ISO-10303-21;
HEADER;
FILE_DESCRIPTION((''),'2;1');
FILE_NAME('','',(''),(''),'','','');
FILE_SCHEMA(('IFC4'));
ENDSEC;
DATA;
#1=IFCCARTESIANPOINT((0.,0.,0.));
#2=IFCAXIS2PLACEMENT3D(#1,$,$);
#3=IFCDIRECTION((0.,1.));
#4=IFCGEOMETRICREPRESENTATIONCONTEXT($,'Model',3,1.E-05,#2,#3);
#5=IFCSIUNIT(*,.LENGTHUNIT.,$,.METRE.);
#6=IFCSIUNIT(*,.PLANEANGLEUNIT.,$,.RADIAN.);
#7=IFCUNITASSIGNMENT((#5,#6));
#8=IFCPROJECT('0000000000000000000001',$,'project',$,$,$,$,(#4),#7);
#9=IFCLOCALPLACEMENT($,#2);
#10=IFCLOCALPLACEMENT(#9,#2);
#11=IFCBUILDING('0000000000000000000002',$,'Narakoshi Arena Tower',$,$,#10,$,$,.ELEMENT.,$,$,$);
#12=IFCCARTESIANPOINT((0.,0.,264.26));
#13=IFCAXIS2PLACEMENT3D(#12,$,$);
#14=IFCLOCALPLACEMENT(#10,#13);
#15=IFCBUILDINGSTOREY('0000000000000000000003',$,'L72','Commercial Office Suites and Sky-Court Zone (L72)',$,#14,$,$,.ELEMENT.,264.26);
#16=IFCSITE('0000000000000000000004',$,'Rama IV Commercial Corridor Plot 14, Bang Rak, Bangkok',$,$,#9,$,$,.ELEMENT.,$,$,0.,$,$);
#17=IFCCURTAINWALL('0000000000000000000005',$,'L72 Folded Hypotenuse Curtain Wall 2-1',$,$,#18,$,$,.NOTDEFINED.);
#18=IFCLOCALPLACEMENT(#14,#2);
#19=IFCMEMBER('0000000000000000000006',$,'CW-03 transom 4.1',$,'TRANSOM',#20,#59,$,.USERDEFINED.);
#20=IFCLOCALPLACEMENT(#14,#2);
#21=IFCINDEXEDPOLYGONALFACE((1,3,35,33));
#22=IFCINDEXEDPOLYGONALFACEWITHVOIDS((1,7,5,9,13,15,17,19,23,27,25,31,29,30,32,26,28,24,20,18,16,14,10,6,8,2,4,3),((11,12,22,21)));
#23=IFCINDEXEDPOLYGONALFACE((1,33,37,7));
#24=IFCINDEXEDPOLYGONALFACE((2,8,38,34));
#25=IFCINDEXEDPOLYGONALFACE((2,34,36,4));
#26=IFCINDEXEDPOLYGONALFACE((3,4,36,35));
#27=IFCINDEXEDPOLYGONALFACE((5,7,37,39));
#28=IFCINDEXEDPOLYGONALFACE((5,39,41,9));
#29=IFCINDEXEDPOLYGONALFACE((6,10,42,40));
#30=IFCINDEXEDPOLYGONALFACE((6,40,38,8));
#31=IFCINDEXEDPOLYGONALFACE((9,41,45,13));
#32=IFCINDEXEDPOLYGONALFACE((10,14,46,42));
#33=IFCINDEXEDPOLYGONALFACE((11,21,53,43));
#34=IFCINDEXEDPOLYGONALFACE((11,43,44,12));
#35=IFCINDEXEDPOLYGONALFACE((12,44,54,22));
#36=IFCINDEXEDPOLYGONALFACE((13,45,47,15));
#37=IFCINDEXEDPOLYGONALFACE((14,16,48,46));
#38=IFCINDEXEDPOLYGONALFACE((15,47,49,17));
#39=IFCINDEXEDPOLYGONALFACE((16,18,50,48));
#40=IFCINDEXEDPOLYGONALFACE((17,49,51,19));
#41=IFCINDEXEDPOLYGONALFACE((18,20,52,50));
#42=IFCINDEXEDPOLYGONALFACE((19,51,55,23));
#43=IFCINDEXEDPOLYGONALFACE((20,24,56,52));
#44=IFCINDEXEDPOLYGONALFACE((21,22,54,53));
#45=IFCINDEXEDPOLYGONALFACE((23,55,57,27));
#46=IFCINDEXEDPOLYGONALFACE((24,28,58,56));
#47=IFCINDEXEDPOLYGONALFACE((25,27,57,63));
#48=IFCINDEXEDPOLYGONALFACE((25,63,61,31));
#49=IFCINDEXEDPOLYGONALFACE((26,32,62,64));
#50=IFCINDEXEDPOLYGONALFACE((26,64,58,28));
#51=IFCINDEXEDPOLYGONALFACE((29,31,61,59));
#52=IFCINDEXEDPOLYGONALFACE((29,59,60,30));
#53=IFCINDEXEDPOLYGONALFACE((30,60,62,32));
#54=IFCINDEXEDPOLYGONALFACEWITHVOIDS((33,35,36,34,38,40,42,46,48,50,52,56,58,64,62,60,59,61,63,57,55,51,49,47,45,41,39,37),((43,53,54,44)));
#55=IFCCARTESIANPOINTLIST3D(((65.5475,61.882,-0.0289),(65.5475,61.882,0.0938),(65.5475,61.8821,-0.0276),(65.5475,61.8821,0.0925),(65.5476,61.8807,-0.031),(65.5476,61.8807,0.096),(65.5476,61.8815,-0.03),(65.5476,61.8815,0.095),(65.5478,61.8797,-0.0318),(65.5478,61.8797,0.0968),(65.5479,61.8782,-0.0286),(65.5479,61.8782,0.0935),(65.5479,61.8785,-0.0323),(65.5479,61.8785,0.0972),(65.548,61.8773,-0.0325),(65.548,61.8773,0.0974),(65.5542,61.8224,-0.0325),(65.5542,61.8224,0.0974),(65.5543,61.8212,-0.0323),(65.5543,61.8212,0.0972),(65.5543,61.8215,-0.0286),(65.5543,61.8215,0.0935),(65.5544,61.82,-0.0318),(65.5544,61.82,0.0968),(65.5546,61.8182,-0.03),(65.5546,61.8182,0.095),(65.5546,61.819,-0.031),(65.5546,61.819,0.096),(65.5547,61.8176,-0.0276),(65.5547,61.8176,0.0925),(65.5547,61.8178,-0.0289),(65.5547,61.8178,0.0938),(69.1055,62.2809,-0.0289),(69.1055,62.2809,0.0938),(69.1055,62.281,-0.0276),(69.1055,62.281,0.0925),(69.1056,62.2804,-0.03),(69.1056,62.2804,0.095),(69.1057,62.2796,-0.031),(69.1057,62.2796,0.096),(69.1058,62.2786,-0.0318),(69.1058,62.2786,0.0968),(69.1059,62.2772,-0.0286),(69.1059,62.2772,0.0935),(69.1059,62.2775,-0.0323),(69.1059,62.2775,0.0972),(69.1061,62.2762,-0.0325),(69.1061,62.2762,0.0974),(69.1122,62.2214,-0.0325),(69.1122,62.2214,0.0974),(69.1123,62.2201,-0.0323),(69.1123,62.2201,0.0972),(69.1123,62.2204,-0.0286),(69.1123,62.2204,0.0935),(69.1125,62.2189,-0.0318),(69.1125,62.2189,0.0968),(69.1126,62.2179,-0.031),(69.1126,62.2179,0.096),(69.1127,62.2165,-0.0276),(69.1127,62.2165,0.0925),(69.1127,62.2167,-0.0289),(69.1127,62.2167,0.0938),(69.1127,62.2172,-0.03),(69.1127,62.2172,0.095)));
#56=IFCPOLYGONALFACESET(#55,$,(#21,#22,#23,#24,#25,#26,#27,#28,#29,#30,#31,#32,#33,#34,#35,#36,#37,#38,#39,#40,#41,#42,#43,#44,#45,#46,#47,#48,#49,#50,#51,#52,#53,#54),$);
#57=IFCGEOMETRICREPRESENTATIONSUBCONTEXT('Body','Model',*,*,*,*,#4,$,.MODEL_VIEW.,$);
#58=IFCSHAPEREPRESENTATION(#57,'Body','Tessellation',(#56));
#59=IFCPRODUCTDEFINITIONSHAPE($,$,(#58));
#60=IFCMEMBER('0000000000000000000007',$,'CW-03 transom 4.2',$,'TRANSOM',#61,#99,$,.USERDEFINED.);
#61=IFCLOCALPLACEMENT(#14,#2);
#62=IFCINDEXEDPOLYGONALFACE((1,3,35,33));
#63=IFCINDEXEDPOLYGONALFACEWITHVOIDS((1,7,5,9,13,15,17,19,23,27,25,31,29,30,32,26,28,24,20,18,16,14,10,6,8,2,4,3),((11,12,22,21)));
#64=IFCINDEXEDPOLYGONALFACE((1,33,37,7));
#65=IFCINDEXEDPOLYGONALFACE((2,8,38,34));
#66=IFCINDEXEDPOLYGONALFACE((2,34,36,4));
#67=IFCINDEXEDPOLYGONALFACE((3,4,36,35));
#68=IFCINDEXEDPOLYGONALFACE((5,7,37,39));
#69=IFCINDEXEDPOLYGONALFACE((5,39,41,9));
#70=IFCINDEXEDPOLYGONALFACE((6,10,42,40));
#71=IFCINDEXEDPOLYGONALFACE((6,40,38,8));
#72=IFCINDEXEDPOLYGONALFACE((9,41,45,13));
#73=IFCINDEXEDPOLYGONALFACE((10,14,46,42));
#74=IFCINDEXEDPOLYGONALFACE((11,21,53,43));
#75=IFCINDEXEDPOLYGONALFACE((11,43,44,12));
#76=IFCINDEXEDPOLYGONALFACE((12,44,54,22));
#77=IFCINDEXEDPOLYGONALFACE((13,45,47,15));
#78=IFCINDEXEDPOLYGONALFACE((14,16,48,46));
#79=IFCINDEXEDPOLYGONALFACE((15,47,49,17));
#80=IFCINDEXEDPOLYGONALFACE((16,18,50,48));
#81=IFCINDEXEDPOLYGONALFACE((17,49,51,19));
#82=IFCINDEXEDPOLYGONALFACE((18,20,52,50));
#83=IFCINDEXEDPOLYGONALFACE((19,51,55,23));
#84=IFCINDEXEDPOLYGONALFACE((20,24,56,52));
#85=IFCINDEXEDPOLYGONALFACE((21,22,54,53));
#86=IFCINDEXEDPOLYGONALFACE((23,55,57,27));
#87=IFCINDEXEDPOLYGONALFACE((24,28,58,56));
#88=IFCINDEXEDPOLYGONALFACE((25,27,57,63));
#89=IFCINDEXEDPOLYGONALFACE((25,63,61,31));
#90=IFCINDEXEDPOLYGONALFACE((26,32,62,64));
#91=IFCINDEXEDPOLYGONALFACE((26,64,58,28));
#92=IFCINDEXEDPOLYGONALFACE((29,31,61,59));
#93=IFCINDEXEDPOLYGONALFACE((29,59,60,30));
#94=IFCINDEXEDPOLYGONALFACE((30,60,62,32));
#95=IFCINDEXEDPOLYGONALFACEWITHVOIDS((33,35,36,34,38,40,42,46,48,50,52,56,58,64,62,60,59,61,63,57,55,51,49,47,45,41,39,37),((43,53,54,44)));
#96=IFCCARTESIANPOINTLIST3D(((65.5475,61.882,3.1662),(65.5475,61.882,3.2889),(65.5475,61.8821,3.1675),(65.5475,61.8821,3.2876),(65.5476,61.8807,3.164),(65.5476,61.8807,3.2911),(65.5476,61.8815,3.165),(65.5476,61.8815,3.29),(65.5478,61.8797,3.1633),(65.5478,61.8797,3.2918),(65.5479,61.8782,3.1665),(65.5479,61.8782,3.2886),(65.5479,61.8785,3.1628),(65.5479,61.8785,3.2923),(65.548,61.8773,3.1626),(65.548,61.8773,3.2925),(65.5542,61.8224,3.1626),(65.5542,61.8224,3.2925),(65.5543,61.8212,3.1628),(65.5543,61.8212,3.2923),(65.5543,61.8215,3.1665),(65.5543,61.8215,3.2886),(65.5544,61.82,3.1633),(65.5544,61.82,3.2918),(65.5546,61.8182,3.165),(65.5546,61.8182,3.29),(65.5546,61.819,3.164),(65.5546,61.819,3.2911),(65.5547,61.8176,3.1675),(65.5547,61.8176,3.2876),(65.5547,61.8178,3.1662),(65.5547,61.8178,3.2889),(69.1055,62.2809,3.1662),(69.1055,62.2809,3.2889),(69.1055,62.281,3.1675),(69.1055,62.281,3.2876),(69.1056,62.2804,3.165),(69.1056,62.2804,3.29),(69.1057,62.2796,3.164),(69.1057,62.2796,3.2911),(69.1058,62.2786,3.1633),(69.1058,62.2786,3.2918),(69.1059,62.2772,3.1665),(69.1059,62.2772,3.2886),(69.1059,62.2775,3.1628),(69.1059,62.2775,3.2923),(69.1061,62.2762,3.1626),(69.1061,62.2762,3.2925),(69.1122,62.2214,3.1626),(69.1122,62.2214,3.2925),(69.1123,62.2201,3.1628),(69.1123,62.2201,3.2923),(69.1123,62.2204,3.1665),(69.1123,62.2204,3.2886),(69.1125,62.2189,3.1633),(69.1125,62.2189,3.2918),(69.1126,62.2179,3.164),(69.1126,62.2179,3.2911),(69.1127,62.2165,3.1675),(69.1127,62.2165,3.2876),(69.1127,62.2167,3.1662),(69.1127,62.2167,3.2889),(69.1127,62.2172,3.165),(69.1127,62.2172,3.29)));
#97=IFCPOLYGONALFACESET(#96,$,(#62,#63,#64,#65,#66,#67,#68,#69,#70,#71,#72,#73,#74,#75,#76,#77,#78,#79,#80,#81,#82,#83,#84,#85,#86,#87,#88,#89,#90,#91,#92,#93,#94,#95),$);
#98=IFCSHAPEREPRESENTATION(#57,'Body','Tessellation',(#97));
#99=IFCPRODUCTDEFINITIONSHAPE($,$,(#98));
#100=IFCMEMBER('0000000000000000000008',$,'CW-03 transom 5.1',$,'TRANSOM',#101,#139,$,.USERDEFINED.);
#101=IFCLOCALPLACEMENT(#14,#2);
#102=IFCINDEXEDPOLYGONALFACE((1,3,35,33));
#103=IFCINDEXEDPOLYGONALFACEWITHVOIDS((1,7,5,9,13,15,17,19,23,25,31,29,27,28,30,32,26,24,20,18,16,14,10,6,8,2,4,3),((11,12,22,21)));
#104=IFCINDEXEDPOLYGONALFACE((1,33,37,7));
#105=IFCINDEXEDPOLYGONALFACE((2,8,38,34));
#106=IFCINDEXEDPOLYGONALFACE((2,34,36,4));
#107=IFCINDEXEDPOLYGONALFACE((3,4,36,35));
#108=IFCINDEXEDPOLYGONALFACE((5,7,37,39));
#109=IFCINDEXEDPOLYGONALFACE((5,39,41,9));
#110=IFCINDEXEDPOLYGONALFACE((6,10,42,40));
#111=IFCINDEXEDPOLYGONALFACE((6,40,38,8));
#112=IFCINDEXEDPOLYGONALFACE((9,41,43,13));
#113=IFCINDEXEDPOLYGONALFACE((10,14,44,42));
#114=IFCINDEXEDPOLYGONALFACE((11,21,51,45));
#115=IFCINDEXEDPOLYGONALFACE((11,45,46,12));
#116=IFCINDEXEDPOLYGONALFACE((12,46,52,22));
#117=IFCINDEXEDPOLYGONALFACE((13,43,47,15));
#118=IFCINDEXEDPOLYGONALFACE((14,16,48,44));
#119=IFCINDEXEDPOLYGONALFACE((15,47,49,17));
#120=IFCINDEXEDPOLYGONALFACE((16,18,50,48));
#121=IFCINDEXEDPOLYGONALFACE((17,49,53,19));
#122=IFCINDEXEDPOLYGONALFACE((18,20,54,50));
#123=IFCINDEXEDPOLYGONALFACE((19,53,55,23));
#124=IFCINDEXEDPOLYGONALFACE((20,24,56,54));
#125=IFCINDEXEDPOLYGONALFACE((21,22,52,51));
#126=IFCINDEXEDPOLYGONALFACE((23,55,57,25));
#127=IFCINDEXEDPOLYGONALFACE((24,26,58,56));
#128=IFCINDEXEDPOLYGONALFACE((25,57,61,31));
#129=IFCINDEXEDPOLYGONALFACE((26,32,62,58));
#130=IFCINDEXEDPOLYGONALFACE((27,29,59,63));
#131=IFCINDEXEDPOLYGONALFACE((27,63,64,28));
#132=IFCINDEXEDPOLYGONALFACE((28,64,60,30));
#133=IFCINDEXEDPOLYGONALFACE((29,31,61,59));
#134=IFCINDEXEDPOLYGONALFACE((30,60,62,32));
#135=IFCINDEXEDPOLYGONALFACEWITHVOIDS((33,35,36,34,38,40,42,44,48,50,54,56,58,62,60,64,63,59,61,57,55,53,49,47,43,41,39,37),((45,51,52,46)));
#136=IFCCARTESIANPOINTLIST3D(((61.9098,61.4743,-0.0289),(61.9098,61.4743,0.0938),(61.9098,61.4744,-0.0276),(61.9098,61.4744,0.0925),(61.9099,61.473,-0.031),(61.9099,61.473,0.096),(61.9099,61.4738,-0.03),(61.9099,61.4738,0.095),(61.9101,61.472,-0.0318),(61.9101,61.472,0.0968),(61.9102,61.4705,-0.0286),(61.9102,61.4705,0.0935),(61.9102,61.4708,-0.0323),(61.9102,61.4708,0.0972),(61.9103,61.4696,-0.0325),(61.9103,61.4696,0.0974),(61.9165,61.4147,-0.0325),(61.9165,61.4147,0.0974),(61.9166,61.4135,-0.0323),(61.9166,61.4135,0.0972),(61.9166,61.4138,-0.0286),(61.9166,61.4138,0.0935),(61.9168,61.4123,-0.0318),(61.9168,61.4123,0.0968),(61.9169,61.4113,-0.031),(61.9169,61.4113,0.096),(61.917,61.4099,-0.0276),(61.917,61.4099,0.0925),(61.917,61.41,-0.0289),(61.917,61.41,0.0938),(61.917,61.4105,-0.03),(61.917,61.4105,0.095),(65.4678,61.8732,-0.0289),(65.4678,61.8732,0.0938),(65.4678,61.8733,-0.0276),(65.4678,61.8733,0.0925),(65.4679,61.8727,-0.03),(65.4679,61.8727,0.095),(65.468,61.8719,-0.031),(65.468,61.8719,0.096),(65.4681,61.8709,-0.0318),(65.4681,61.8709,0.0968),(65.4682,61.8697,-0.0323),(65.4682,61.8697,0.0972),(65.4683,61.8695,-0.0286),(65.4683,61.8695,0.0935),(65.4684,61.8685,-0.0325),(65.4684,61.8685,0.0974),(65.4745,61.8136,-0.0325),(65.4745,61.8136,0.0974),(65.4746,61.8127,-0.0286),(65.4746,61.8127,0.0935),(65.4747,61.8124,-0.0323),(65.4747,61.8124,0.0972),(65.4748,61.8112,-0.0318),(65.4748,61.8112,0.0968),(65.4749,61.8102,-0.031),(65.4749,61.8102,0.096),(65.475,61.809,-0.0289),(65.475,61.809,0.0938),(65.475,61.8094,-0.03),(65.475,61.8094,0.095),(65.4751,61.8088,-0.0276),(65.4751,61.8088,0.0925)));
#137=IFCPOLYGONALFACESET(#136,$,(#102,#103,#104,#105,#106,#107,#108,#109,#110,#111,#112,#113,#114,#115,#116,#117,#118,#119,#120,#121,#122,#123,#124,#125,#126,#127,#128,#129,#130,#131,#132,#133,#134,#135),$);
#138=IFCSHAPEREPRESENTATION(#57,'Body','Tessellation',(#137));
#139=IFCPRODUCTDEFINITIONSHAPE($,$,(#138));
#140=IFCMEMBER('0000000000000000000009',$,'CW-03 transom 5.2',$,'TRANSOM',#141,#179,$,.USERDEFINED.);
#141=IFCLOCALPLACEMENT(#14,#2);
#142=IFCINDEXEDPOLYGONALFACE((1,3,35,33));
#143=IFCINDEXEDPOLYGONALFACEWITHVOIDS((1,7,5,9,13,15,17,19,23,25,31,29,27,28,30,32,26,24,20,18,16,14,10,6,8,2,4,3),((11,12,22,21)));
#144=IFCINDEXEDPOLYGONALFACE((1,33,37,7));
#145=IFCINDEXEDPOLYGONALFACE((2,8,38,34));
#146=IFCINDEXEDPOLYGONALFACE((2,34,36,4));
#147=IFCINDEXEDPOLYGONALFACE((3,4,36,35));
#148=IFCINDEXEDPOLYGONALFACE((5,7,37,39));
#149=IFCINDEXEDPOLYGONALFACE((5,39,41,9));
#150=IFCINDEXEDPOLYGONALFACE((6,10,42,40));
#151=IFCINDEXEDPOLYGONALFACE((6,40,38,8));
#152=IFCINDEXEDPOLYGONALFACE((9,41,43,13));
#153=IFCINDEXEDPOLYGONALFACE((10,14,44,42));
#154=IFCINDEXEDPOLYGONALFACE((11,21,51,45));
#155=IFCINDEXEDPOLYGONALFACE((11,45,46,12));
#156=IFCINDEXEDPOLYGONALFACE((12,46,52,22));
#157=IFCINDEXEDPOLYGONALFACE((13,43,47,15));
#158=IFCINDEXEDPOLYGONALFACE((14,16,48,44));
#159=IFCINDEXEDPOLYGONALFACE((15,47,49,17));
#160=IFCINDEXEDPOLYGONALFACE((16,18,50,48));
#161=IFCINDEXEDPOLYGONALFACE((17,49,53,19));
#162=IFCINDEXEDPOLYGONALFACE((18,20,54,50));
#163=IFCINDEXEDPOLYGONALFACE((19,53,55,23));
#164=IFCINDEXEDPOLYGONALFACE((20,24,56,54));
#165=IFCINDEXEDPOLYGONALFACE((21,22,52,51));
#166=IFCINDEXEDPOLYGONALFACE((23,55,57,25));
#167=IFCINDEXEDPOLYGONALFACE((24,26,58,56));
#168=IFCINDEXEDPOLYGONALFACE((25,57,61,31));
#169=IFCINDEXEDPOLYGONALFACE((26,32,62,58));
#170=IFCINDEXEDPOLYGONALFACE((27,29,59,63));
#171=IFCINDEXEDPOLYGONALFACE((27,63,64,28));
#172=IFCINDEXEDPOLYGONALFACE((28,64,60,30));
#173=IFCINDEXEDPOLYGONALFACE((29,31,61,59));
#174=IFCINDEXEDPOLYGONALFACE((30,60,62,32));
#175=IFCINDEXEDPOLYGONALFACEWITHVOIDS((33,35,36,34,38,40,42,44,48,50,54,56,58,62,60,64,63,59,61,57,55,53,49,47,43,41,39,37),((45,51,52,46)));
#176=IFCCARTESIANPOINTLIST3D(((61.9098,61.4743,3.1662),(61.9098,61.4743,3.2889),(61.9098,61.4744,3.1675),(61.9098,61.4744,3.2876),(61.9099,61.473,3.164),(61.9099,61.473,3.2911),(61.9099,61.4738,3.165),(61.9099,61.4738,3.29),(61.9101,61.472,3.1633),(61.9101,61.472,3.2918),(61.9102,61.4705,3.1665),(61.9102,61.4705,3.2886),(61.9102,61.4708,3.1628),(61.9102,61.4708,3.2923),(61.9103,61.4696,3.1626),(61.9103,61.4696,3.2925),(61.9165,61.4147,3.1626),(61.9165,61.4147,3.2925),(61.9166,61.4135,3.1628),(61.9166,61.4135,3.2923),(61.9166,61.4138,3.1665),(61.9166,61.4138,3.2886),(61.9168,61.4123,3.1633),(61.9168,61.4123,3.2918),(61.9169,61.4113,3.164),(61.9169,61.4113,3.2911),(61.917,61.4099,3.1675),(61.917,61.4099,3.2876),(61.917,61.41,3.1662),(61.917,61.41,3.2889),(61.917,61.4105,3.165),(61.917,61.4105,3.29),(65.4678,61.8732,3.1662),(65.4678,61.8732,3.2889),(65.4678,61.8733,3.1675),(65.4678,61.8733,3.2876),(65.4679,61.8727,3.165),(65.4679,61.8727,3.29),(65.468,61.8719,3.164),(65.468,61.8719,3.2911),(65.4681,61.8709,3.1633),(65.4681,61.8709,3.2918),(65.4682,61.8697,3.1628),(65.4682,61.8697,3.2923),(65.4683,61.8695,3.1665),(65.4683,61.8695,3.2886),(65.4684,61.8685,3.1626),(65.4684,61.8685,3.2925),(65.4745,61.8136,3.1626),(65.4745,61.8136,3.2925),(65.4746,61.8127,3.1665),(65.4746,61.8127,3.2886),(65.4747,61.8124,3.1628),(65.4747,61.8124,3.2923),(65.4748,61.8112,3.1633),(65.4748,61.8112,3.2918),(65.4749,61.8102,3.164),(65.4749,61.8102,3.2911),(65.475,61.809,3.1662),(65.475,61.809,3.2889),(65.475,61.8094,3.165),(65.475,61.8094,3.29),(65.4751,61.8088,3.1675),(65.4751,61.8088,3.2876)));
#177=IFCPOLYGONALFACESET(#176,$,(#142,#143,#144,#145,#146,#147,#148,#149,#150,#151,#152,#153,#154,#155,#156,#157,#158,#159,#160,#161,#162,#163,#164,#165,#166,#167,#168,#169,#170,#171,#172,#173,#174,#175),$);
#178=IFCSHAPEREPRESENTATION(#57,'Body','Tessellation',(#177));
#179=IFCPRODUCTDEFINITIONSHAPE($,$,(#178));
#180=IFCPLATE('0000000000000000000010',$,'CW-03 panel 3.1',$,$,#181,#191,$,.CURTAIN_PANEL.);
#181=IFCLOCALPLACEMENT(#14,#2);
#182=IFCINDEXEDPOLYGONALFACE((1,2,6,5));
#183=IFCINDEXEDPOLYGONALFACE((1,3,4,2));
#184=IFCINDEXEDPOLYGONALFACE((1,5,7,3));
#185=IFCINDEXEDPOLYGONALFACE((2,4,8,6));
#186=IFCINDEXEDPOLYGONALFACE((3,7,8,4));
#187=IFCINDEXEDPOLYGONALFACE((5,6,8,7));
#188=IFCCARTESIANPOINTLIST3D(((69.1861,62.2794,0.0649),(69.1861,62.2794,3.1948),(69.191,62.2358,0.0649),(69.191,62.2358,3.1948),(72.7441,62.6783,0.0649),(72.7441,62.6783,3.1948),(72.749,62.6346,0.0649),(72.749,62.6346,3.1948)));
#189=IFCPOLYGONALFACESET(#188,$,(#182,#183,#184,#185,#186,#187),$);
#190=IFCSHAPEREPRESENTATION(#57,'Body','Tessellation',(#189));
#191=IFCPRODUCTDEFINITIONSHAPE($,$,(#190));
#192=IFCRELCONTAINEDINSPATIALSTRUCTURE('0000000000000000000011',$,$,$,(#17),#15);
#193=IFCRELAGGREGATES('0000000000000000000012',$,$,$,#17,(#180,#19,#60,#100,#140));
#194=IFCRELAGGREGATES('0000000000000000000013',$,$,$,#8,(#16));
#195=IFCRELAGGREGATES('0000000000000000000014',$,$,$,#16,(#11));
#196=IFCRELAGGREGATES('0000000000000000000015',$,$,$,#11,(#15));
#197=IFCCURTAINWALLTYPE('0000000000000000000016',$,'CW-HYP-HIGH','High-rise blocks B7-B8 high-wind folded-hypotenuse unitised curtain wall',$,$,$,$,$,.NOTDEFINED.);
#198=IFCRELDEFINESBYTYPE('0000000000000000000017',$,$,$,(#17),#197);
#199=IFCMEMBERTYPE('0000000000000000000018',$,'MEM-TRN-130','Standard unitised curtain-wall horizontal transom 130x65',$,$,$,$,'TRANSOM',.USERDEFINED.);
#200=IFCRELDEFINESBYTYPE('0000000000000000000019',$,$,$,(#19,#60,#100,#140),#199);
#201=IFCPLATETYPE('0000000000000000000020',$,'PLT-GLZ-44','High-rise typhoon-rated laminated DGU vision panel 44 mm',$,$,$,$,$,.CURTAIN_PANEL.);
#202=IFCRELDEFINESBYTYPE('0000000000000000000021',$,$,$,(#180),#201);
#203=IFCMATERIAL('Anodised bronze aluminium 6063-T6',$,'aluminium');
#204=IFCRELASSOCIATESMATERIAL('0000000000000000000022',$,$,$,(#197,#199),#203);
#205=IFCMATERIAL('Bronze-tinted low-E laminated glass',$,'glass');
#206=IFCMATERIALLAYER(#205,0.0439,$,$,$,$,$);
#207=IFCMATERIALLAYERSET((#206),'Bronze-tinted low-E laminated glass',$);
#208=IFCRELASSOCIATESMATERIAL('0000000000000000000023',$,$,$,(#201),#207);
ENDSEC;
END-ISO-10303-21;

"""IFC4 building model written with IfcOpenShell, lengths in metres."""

from ifc_helpers import new_model, si_unit, direction, frame, origin, origin_2d, place, context, subcontext, project, spatial, rectangle, hollow_rectangle, extrude, material, layer, layer_set, material_profile, profile_set, type_object, element, aggregate, save


model = new_model("IFC4")

# Units and contexts
model_context = context("Model", 3, precision=1e-05, world=origin(), true_north=direction((0.0, 1.0)))
body_context = subcontext(model_context, "Body", "Model", "MODEL_VIEW")
ifc_project = project(units=[si_unit("LENGTHUNIT", "METRE"), si_unit("PLANEANGLEUNIT", "RADIAN")], contexts=[model_context])

# Site, building, storey
site_placement = place(None, origin())
site = spatial("IfcSite", under=ifc_project, at=site_placement, Name="Rama IV Commercial Corridor Plot 14, Bang Rak, Bangkok", CompositionType="ELEMENT", RefElevation=0.0)
building_placement = place(site_placement, origin())
building = spatial("IfcBuilding", under=site, at=building_placement, Name="Narakoshi Arena Tower", CompositionType="ELEMENT")
storey_placement = place(building_placement, frame((0.0, 0.0, 264.26)))
storey = spatial("IfcBuildingStorey", under=building, at=storey_placement, Name="L72", Description="Commercial Office Suites and Sky-Court Zone (L72)", CompositionType="ELEMENT", Elevation=264.26)

# Curtain wall, members, plate
ifc_material_1 = material(Name="Anodised bronze aluminium 6063-T6", Category="aluminium")
curtain_wall_type = type_object("IfcCurtainWallType", Name="CW-HYP-HIGH", Description="High-rise blocks B7-B8 high-wind folded-hypotenuse unitised curtain wall", PredefinedType="NOTDEFINED", material=ifc_material_1)
curtain_wall_placement = place(storey_placement, origin())
curtain_wall = element("IfcCurtainWall", 1, at=curtain_wall_placement, inside=storey, type_object=curtain_wall_type, Name="L72 Folded Hypotenuse Curtain Wall 2-1", PredefinedType="NOTDEFINED")
ifc_material_profile_1 = material_profile(ifc_material_1, hollow_rectangle(XDim=0.0649, YDim=0.1299, WallThickness=0.0039, OuterFilletRadius=0.0049, at=origin_2d()), Name="TRN130x65x4")
ifc_profile_set_1 = profile_set([ifc_material_profile_1], Name="Anodised bronze aluminium 6063-T6")
member_type_1 = type_object("IfcMemberType", Name="MEM-TRN-130", Description="Standard unitised curtain-wall horizontal transom 130x65", ElementType="TRANSOM", PredefinedType="USERDEFINED", material=ifc_profile_set_1)
member_1_placement = place(storey_placement, frame((69.1091, 62.2488, 0.0325), z_axis=(-0.993773, -0.111419, 0.0), x_axis=(0.111419, -0.993773, 0.0)))
member_1 = element("IfcMember", 2, at=member_1_placement, type_object=member_type_1, Name="CW-03 transom 4.1", ObjectType="TRANSOM", PredefinedType="USERDEFINED", context=body_context, shape_type="SweptSolid", body=[
    extrude(hollow_rectangle(XDim=0.0649, YDim=0.1299, WallThickness=0.0039, OuterFilletRadius=0.0049, at=origin_2d()), origin(), (0.0, 0.0, 1.0), 3.5803),
])
member_2_placement = place(storey_placement, frame((69.1091, 62.2488, 3.2275), z_axis=(-0.993773, -0.111419, 0.0), x_axis=(0.111419, -0.993773, 0.0)))
member_2 = element("IfcMember", 3, at=member_2_placement, type_object=member_type_1, Name="CW-03 transom 4.2", ObjectType="TRANSOM", PredefinedType="USERDEFINED", context=body_context, shape_type="SweptSolid", body=[
    extrude(hollow_rectangle(XDim=0.0649, YDim=0.1299, WallThickness=0.0039, OuterFilletRadius=0.0049, at=origin_2d()), origin(), (0.0, 0.0, 1.0), 3.5803),
])
member_3_placement = place(storey_placement, frame((65.4714, 61.8411, 0.0325), z_axis=(-0.993773, -0.111419, 0.0), x_axis=(0.111419, -0.993773, 0.0)))
member_3 = element("IfcMember", 4, at=member_3_placement, type_object=member_type_1, Name="CW-03 transom 5.1", ObjectType="TRANSOM", PredefinedType="USERDEFINED", context=body_context, shape_type="SweptSolid", body=[
    extrude(hollow_rectangle(XDim=0.0649, YDim=0.1299, WallThickness=0.0039, OuterFilletRadius=0.0049, at=origin_2d()), origin(), (0.0, 0.0, 1.0), 3.5803),
])
member_4_placement = place(storey_placement, frame((65.4714, 61.8411, 3.2275), z_axis=(-0.993773, -0.111419, 0.0), x_axis=(0.111419, -0.993773, 0.0)))
member_4 = element("IfcMember", 5, at=member_4_placement, type_object=member_type_1, Name="CW-03 transom 5.2", ObjectType="TRANSOM", PredefinedType="USERDEFINED", context=body_context, shape_type="SweptSolid", body=[
    extrude(hollow_rectangle(XDim=0.0649, YDim=0.1299, WallThickness=0.0039, OuterFilletRadius=0.0049, at=origin_2d()), origin(), (0.0, 0.0, 1.0), 3.5803),
])
ifc_material_2 = material(Name="Bronze-tinted low-E laminated glass", Category="glass")
ifc_layer_1 = layer(ifc_material_2, 0.0439)
ifc_layer_set_1 = layer_set([ifc_layer_1], Name="Bronze-tinted low-E laminated glass")
plate_type_1 = type_object("IfcPlateType", Name="PLT-GLZ-44", Description="High-rise typhoon-rated laminated DGU vision panel 44 mm", PredefinedType="CURTAIN_PANEL", material=ifc_layer_set_1)
plate_1_placement = place(storey_placement, frame((70.9675, 62.457, 0.0649), z_axis=(0.0, 0.0, 1.0), x_axis=(-0.993776, -0.111396, 0.0)))
plate_1 = element("IfcPlate", 6, at=plate_1_placement, type_object=plate_type_1, Name="CW-03 panel 3.1", PredefinedType="CURTAIN_PANEL", context=body_context, shape_type="SweptSolid", body=[
    extrude(rectangle(XDim=3.5803, YDim=0.0439, at=origin_2d()), origin(), (0.0, 0.0, 1.0), 3.1299),
])
aggregate(curtain_wall, [plate_1, member_1, member_2, member_3, member_4])

save(model, "model.ifc")
